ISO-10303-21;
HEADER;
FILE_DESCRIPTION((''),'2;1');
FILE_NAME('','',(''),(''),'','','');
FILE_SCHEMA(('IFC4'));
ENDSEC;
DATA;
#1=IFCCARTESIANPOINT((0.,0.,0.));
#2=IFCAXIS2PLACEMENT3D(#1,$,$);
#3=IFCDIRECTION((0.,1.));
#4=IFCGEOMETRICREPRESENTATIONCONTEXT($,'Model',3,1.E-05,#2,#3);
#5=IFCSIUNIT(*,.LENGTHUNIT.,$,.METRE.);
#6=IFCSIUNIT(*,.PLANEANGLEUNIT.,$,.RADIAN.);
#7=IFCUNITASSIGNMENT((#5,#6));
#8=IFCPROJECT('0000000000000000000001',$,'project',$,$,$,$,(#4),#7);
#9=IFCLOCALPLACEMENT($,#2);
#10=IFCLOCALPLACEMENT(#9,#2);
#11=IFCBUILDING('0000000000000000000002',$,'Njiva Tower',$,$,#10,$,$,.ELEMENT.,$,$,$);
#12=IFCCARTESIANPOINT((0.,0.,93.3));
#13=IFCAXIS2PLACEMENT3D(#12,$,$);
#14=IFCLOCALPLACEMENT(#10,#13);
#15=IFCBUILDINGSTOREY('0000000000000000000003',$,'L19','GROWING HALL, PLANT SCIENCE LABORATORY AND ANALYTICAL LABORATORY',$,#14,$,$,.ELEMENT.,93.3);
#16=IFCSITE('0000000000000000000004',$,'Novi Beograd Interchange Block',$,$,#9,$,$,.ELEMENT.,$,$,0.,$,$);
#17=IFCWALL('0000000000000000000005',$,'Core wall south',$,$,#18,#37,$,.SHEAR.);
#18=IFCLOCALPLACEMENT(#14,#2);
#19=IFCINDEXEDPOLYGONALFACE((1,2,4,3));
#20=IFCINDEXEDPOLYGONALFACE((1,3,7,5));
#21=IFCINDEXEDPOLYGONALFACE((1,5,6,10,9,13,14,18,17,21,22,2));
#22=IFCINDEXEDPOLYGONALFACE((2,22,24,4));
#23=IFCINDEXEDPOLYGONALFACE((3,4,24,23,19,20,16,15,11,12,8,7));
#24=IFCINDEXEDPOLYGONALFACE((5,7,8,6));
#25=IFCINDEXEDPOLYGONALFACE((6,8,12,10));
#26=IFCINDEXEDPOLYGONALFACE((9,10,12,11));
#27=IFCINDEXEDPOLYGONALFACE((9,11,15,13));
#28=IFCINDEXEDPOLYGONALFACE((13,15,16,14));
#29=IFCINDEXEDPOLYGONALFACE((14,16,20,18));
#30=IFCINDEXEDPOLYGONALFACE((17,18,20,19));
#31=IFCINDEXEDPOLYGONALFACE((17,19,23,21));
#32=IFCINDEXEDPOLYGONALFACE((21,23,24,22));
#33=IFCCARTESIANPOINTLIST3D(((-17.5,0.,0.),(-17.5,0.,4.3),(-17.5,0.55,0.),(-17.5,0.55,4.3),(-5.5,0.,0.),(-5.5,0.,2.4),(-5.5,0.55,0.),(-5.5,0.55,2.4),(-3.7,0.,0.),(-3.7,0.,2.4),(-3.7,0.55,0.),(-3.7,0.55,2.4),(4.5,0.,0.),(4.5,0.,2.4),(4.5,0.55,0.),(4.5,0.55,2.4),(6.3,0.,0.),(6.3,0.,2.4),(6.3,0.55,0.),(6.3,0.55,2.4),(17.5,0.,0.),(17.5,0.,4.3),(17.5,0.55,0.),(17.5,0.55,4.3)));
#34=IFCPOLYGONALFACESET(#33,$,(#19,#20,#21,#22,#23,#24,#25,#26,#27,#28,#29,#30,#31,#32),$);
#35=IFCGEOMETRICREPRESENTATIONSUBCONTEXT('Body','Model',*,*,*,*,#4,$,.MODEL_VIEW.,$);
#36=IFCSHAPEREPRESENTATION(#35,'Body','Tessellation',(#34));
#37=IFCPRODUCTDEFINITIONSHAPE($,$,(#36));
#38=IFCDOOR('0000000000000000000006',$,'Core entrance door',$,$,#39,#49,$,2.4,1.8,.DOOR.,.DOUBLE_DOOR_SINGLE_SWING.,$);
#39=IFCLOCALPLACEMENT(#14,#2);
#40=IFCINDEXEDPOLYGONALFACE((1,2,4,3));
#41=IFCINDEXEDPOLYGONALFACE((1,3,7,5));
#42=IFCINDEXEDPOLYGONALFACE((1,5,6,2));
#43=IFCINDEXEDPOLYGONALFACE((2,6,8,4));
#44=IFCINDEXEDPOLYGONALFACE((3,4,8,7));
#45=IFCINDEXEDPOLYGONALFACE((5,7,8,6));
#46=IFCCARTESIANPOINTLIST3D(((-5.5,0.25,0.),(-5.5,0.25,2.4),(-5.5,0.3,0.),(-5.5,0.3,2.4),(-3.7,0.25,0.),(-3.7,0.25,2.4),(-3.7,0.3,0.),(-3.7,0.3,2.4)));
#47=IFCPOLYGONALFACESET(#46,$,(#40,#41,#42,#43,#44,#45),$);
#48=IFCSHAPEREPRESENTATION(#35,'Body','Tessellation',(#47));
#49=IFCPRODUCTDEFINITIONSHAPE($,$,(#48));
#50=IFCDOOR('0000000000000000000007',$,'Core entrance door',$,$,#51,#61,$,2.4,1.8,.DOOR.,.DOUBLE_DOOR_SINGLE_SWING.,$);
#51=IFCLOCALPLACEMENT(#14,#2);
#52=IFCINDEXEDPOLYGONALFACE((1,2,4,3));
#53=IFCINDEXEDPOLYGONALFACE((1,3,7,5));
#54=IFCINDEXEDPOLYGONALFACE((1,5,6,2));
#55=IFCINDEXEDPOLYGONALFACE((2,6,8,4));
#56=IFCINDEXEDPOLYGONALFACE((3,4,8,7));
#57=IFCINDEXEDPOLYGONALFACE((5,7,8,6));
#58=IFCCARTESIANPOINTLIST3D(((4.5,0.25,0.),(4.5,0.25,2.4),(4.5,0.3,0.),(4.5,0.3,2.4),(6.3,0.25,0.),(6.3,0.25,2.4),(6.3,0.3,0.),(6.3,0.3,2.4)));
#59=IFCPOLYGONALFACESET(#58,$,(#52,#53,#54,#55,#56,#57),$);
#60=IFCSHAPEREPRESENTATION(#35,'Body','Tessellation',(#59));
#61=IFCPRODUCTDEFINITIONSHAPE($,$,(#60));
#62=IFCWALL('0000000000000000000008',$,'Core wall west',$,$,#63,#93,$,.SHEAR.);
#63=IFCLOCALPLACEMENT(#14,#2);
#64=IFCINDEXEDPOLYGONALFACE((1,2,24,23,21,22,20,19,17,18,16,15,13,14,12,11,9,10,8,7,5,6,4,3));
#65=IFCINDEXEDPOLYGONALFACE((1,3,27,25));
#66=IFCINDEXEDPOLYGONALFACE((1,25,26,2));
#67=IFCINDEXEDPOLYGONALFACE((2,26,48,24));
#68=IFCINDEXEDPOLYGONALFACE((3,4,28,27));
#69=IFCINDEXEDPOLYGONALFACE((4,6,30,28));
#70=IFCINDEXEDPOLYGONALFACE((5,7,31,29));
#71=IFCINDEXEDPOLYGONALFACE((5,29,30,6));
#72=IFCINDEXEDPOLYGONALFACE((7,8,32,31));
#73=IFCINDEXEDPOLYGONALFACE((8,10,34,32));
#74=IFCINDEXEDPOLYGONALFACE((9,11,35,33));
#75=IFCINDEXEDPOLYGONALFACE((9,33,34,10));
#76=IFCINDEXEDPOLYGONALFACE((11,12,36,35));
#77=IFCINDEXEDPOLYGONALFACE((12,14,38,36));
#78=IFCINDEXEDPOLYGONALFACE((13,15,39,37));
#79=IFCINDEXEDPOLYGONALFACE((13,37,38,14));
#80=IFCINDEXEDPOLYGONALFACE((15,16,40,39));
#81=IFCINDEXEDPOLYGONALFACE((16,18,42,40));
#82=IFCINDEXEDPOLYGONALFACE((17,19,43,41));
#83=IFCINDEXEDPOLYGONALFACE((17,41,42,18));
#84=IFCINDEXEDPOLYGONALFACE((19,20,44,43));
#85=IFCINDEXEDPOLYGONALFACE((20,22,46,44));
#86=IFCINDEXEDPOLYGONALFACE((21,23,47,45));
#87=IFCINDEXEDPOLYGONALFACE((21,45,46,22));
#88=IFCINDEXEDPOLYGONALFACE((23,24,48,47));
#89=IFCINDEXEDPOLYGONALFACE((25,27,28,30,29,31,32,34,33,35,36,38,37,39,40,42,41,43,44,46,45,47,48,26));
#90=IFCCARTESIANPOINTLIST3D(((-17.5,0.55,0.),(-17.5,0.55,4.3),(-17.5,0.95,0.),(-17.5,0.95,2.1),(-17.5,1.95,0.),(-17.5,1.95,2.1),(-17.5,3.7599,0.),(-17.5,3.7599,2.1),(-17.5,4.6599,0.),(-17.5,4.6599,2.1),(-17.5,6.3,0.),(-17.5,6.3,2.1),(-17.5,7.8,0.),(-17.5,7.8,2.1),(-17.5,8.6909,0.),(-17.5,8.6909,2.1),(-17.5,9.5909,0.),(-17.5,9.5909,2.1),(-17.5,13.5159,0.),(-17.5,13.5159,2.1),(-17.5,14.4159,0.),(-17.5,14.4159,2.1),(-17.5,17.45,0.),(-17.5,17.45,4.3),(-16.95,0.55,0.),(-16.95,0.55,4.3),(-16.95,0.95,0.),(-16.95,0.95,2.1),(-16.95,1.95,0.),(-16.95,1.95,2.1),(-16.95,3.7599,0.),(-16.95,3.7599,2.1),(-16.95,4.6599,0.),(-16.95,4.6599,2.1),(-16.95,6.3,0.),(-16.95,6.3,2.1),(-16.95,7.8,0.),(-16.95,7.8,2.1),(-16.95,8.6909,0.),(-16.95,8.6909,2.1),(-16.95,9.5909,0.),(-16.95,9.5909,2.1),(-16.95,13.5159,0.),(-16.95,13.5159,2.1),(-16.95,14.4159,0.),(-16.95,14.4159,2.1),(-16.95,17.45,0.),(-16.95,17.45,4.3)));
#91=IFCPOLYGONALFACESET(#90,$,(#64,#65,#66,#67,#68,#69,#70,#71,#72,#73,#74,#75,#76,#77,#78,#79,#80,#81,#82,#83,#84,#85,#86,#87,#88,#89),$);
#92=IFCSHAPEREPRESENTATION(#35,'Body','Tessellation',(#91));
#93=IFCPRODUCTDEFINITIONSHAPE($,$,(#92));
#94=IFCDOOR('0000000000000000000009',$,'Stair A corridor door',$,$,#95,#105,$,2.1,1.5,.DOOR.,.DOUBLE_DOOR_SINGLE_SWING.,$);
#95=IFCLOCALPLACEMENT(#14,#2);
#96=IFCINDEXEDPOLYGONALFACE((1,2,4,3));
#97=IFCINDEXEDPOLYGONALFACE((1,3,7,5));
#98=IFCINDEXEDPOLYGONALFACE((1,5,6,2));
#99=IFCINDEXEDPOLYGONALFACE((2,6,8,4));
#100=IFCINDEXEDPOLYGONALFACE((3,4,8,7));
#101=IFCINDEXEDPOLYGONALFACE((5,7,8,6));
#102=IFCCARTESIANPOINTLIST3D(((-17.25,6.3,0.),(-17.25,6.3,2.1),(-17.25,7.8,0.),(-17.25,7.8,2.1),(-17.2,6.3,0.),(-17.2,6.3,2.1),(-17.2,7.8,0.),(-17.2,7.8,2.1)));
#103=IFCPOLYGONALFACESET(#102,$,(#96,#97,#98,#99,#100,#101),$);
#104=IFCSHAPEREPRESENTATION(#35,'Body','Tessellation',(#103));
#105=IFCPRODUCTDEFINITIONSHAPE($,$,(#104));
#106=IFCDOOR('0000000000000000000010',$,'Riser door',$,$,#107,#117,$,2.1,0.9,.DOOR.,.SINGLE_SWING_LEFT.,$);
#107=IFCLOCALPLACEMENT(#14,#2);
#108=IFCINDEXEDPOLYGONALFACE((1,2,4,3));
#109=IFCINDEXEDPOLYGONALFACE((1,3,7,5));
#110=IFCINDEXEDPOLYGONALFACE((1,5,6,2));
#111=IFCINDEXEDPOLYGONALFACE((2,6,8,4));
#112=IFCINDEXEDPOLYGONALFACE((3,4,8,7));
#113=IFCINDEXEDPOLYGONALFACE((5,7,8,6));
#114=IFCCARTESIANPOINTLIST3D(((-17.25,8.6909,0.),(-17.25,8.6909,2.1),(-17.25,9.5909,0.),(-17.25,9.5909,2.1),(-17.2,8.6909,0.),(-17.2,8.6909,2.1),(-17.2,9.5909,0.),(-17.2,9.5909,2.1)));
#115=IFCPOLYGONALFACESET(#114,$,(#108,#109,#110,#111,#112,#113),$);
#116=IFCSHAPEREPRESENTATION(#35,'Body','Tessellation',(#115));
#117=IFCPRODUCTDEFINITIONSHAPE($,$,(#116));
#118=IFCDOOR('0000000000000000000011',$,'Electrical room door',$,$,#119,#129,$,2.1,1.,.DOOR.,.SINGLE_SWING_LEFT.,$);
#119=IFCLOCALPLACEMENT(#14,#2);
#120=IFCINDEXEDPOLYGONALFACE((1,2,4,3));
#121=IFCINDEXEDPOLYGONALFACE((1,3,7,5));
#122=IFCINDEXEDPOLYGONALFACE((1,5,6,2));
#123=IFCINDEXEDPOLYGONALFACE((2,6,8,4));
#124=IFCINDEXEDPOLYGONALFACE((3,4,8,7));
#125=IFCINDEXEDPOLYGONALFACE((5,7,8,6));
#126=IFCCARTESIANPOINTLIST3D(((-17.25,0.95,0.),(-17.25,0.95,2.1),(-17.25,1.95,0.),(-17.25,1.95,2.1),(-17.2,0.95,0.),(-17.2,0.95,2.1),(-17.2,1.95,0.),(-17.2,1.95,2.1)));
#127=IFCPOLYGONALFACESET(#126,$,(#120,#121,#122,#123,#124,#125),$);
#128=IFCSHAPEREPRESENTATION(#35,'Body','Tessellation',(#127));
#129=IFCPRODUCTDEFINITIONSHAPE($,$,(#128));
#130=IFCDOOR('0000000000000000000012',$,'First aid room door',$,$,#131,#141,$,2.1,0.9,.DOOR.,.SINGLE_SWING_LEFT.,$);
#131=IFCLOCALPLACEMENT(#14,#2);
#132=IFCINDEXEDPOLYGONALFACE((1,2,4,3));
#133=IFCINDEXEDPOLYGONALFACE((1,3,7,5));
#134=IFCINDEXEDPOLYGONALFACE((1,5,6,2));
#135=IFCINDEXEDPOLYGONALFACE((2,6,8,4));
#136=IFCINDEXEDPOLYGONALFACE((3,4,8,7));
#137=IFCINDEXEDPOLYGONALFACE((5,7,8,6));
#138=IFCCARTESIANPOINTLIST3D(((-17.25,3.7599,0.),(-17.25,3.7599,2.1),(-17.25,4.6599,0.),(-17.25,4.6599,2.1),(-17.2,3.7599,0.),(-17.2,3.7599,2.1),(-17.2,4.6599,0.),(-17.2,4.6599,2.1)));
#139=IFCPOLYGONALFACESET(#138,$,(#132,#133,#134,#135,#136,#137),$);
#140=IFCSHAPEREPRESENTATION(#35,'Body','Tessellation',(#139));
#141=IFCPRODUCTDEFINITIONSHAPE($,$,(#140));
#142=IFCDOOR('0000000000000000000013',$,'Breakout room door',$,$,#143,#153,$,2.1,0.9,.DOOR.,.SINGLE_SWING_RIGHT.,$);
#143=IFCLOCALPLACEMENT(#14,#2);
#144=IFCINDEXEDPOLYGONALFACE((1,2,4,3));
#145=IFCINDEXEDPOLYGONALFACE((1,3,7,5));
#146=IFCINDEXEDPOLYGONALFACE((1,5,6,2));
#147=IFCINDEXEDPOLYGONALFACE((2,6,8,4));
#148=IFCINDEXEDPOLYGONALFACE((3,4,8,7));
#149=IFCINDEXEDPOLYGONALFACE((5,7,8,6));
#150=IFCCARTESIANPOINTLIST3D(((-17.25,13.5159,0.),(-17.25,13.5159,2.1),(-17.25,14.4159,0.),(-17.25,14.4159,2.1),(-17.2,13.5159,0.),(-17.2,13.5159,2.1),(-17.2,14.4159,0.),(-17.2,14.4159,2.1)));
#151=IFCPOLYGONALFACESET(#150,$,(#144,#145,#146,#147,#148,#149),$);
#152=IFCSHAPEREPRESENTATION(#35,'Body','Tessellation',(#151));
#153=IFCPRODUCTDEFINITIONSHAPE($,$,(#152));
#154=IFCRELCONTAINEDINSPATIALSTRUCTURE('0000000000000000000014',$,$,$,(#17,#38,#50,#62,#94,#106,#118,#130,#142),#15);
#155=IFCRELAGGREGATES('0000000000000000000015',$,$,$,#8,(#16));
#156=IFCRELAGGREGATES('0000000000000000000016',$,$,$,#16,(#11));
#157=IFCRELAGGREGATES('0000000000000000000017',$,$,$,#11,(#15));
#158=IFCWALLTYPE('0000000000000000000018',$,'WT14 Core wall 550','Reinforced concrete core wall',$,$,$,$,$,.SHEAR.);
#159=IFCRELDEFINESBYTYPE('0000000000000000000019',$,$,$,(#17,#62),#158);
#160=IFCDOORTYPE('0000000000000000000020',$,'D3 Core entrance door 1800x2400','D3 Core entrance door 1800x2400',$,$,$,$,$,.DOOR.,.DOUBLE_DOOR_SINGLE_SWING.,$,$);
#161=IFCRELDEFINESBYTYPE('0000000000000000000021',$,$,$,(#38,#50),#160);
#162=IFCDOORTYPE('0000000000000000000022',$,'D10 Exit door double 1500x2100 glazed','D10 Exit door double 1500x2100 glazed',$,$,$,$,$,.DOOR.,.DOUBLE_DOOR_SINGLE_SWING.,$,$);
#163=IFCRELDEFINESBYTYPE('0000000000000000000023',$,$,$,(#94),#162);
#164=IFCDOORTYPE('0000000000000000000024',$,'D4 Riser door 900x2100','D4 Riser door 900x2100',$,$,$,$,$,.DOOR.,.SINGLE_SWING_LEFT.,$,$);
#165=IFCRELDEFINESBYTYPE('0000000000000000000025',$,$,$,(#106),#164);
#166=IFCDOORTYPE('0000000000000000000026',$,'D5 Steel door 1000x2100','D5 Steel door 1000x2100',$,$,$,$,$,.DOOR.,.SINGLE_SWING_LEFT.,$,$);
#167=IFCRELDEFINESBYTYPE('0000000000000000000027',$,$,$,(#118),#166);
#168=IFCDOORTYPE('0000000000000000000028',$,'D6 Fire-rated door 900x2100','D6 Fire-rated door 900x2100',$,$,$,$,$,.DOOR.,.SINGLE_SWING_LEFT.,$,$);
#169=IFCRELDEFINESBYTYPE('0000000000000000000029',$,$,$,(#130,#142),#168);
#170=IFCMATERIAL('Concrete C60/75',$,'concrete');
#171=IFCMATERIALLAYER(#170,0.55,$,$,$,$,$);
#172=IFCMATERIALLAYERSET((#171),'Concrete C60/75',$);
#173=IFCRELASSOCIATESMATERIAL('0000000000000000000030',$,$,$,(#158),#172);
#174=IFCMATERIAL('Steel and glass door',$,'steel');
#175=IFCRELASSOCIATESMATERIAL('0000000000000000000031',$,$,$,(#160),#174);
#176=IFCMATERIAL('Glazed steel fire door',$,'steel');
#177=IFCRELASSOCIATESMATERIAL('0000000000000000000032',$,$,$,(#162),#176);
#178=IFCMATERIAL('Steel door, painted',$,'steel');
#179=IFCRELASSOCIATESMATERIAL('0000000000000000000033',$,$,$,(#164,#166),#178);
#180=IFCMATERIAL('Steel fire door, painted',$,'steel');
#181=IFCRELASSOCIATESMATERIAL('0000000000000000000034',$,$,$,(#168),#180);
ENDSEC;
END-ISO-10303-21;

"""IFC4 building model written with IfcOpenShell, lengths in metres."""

from ifc_helpers import new_model, si_unit, direction, frame, frame_2d, origin, place, context, subcontext, project, spatial, rectangle, extrude, material, layer, layer_set, type_object, element, fill, save


model = new_model("IFC4")

# Units and contexts
model_context = context("Model", 3, precision=1e-05, world=origin(), true_north=direction((0.0, 1.0)))
body_context = subcontext(model_context, "Body", "Model", "MODEL_VIEW")
ifc_project = project(units=[si_unit("LENGTHUNIT", "METRE"), si_unit("PLANEANGLEUNIT", "RADIAN")], contexts=[model_context])

# Site, building, storey
site_placement = place(None, origin())
site = spatial("IfcSite", under=ifc_project, at=site_placement, Name="Novi Beograd Interchange Block", CompositionType="ELEMENT", RefElevation=0.0)
building_placement = place(site_placement, origin())
building = spatial("IfcBuilding", under=site, at=building_placement, Name="Njiva Tower", CompositionType="ELEMENT")
storey_placement = place(building_placement, frame((0.0, 0.0, 93.3)))
storey = spatial("IfcBuildingStorey", under=building, at=storey_placement, Name="L19", Description="GROWING HALL, PLANT SCIENCE LABORATORY AND ANALYTICAL LABORATORY", CompositionType="ELEMENT", Elevation=93.3)

# Walls, openings, doors
ifc_material_1 = material(Name="Concrete C60/75", Category="concrete")
ifc_layer_1 = layer(ifc_material_1, 0.55)
ifc_layer_set_1 = layer_set([ifc_layer_1], Name="Concrete C60/75")
wall_type_1 = type_object("IfcWallType", Name="WT14 Core wall 550", Description="Reinforced concrete core wall", PredefinedType="SHEAR", material=ifc_layer_set_1)
wall_1_placement = place(storey_placement, frame((-17.5, 0.275, 0.0), z_axis=(0.0, 0.0, 1.0), x_axis=(1.0, 0.0, 0.0)))
wall_1 = element("IfcWall", 1, at=wall_1_placement, inside=storey, type_object=wall_type_1, Name="Core wall south", PredefinedType="SHEAR", context=body_context, shape_type="SweptSolid", body=[
    extrude(rectangle(XDim=35.0, YDim=0.55, at=frame_2d((17.5, 0.0))), origin(), (0.0, 0.0, 1.0), 4.3),
])
opening_1_placement = place(wall_1_placement, frame((12.0, 0.0, 0.0)))
opening_1 = element("IfcOpeningElement", 2, at=opening_1_placement, cuts=wall_1, PredefinedType="OPENING", context=body_context, shape_type="SweptSolid", body=[
    extrude(rectangle(XDim=1.8, YDim=2.4, at=frame_2d((0.9, 1.2))), frame((0.0, 0.285, 0.0), z_axis=(0.0, -1.0, 0.0), x_axis=(1.0, 0.0, 0.0)), (0.0, 0.0, 1.0), 0.57),
])
opening_2_placement = place(wall_1_placement, frame((22.0, 0.0, 0.0)))
opening_2 = element("IfcOpeningElement", 3, at=opening_2_placement, cuts=wall_1, PredefinedType="OPENING", context=body_context, shape_type="SweptSolid", body=[
    extrude(rectangle(XDim=1.8, YDim=2.4, at=frame_2d((0.9, 1.2))), frame((0.0, 0.285, 0.0), z_axis=(0.0, -1.0, 0.0), x_axis=(1.0, 0.0, 0.0)), (0.0, 0.0, 1.0), 0.57),
])
ifc_material_2 = material(Name="Steel and glass door", Category="steel")
door_type_1 = type_object("IfcDoorType", Name="D3 Core entrance door 1800x2400", Description="D3 Core entrance door 1800x2400", OperationType="DOUBLE_DOOR_SINGLE_SWING", PredefinedType="DOOR", material=ifc_material_2)
door_1_placement = place(opening_1_placement, origin())
door_1 = element("IfcDoor", 4, at=door_1_placement, inside=storey, type_object=door_type_1, Name="Core entrance door", OperationType="DOUBLE_DOOR_SINGLE_SWING", OverallHeight=2.4, OverallWidth=1.8, PredefinedType="DOOR", context=body_context, shape_type="SweptSolid", body=[
    extrude(rectangle(XDim=1.8, YDim=2.4, at=frame_2d((0.9, 1.2))), frame((0.0, 0.025, 0.0), z_axis=(0.0, -1.0, 0.0), x_axis=(1.0, 0.0, 0.0)), (0.0, 0.0, 1.0), 0.05),
])
fill(opening_1, door_1)
door_2_placement = place(opening_2_placement, origin())
door_2 = element("IfcDoor", 5, at=door_2_placement, inside=storey, type_object=door_type_1, Name="Core entrance door", OperationType="DOUBLE_DOOR_SINGLE_SWING", OverallHeight=2.4, OverallWidth=1.8, PredefinedType="DOOR", context=body_context, shape_type="SweptSolid", body=[
    extrude(rectangle(XDim=1.8, YDim=2.4, at=frame_2d((0.9, 1.2))), frame((0.0, 0.025, 0.0), z_axis=(0.0, -1.0, 0.0), x_axis=(1.0, 0.0, 0.0)), (0.0, 0.0, 1.0), 0.05),
])
fill(opening_2, door_2)
wall_2_placement = place(storey_placement, frame((-17.225, 0.55, 0.0), z_axis=(0.0, 0.0, 1.0), x_axis=(0.0, 1.0, 0.0)))
wall_2 = element("IfcWall", 6, at=wall_2_placement, inside=storey, type_object=wall_type_1, Name="Core wall west", PredefinedType="SHEAR", context=body_context, shape_type="SweptSolid", body=[
    extrude(rectangle(XDim=16.9, YDim=0.55, at=frame_2d((8.45, 0.0))), origin(), (0.0, 0.0, 1.0), 4.3),
])
opening_3_placement = place(wall_2_placement, frame((5.75, 0.0, 0.0)))
opening_3 = element("IfcOpeningElement", 7, at=opening_3_placement, cuts=wall_2, PredefinedType="OPENING", context=body_context, shape_type="SweptSolid", body=[
    extrude(rectangle(XDim=1.5, YDim=2.1, at=frame_2d((0.75, 1.05))), frame((0.0, 0.285, 0.0), z_axis=(0.0, -1.0, 0.0), x_axis=(1.0, 0.0, 0.0)), (0.0, 0.0, 1.0), 0.57),
])
opening_4_placement = place(wall_2_placement, frame((0.4, 0.0, 0.0)))
opening_4 = element("IfcOpeningElement", 8, at=opening_4_placement, cuts=wall_2, PredefinedType="OPENING", context=body_context, shape_type="SweptSolid", body=[
    extrude(rectangle(XDim=1.0, YDim=2.1, at=frame_2d((0.5, 1.05))), frame((0.0, 0.285, 0.0), z_axis=(0.0, -1.0, 0.0), x_axis=(1.0, 0.0, 0.0)), (0.0, 0.0, 1.0), 0.57),
])
opening_5_placement = place(wall_2_placement, frame((3.2099, 0.0, 0.0)))
opening_5 = element("IfcOpeningElement", 9, at=opening_5_placement, cuts=wall_2, PredefinedType="OPENING", context=body_context, shape_type="SweptSolid", body=[
    extrude(rectangle(XDim=0.9, YDim=2.1, at=frame_2d((0.45, 1.05))), frame((0.0, 0.285, 0.0), z_axis=(0.0, -1.0, 0.0), x_axis=(1.0, 0.0, 0.0)), (0.0, 0.0, 1.0), 0.57),
])
opening_6_placement = place(wall_2_placement, frame((8.1409, 0.0, 0.0)))
opening_6 = element("IfcOpeningElement", 10, at=opening_6_placement, cuts=wall_2, PredefinedType="OPENING", context=body_context, shape_type="SweptSolid", body=[
    extrude(rectangle(XDim=0.9, YDim=2.1, at=frame_2d((0.45, 1.05))), frame((0.0, 0.285, 0.0), z_axis=(0.0, -1.0, 0.0), x_axis=(1.0, 0.0, 0.0)), (0.0, 0.0, 1.0), 0.57),
])
opening_7_placement = place(wall_2_placement, frame((12.9659, 0.0, 0.0)))
opening_7 = element("IfcOpeningElement", 11, at=opening_7_placement, cuts=wall_2, PredefinedType="OPENING", context=body_context, shape_type="SweptSolid", body=[
    extrude(rectangle(XDim=0.9, YDim=2.1, at=frame_2d((0.45, 1.05))), frame((0.0, 0.285, 0.0), z_axis=(0.0, -1.0, 0.0), x_axis=(1.0, 0.0, 0.0)), (0.0, 0.0, 1.0), 0.57),
])
ifc_material_3 = material(Name="Glazed steel fire door", Category="steel")
door_type_2 = type_object("IfcDoorType", Name="D10 Exit door double 1500x2100 glazed", Description="D10 Exit door double 1500x2100 glazed", OperationType="DOUBLE_DOOR_SINGLE_SWING", PredefinedType="DOOR", material=ifc_material_3)
door_3_placement = place(opening_3_placement, origin())
door_3 = element("IfcDoor", 12, at=door_3_placement, inside=storey, type_object=door_type_2, Name="Stair A corridor door", OperationType="DOUBLE_DOOR_SINGLE_SWING", OverallHeight=2.1, OverallWidth=1.5, PredefinedType="DOOR", context=body_context, shape_type="SweptSolid", body=[
    extrude(rectangle(XDim=1.5, YDim=2.1, at=frame_2d((0.75, 1.05))), frame((0.0, 0.025, 0.0), z_axis=(0.0, -1.0, 0.0), x_axis=(1.0, 0.0, 0.0)), (0.0, 0.0, 1.0), 0.05),
])
fill(opening_3, door_3)
ifc_material_4 = material(Name="Steel door, painted", Category="steel")
door_type_3 = type_object("IfcDoorType", Name="D4 Riser door 900x2100", Description="D4 Riser door 900x2100", OperationType="SINGLE_SWING_LEFT", PredefinedType="DOOR", material=ifc_material_4)
door_4_placement = place(opening_6_placement, origin())
door_4 = element("IfcDoor", 13, at=door_4_placement, inside=storey, type_object=door_type_3, Name="Riser door", OperationType="SINGLE_SWING_LEFT", OverallHeight=2.1, OverallWidth=0.9, PredefinedType="DOOR", context=body_context, shape_type="SweptSolid", body=[
    extrude(rectangle(XDim=0.9, YDim=2.1, at=frame_2d((0.45, 1.05))), frame((0.0, 0.025, 0.0), z_axis=(0.0, -1.0, 0.0), x_axis=(1.0, 0.0, 0.0)), (0.0, 0.0, 1.0), 0.05),
])
fill(opening_6, door_4)
door_type_4 = type_object("IfcDoorType", Name="D5 Steel door 1000x2100", Description="D5 Steel door 1000x2100", OperationType="SINGLE_SWING_LEFT", PredefinedType="DOOR", material=ifc_material_4)
door_5_placement = place(opening_4_placement, origin())
door_5 = element("IfcDoor", 14, at=door_5_placement, inside=storey, type_object=door_type_4, Name="Electrical room door", OperationType="SINGLE_SWING_LEFT", OverallHeight=2.1, OverallWidth=1.0, PredefinedType="DOOR", context=body_context, shape_type="SweptSolid", body=[
    extrude(rectangle(XDim=1.0, YDim=2.1, at=frame_2d((0.5, 1.05))), frame((0.0, 0.025, 0.0), z_axis=(0.0, -1.0, 0.0), x_axis=(1.0, 0.0, 0.0)), (0.0, 0.0, 1.0), 0.05),
])
fill(opening_4, door_5)
ifc_material_5 = material(Name="Steel fire door, painted", Category="steel")
door_type_5 = type_object("IfcDoorType", Name="D6 Fire-rated door 900x2100", Description="D6 Fire-rated door 900x2100", OperationType="SINGLE_SWING_LEFT", PredefinedType="DOOR", material=ifc_material_5)
door_6_placement = place(opening_5_placement, origin())
door_6 = element("IfcDoor", 15, at=door_6_placement, inside=storey, type_object=door_type_5, Name="First aid room door", OperationType="SINGLE_SWING_LEFT", OverallHeight=2.1, OverallWidth=0.9, PredefinedType="DOOR", context=body_context, shape_type="SweptSolid", body=[
    extrude(rectangle(XDim=0.9, YDim=2.1, at=frame_2d((0.45, 1.05))), frame((0.0, 0.025, 0.0), z_axis=(0.0, -1.0, 0.0), x_axis=(1.0, 0.0, 0.0)), (0.0, 0.0, 1.0), 0.05),
])
fill(opening_5, door_6)
door_7_placement = place(opening_7_placement, origin())
door_7 = element("IfcDoor", 16, at=door_7_placement, inside=storey, type_object=door_type_5, Name="Breakout room door", OperationType="SINGLE_SWING_RIGHT", OverallHeight=2.1, OverallWidth=0.9, PredefinedType="DOOR", context=body_context, shape_type="SweptSolid", body=[
    extrude(rectangle(XDim=0.9, YDim=2.1, at=frame_2d((0.45, 1.05))), frame((0.0, 0.025, 0.0), z_axis=(0.0, -1.0, 0.0), x_axis=(1.0, 0.0, 0.0)), (0.0, 0.0, 1.0), 0.05),
])
fill(opening_7, door_7)

save(model, "model.ifc")
